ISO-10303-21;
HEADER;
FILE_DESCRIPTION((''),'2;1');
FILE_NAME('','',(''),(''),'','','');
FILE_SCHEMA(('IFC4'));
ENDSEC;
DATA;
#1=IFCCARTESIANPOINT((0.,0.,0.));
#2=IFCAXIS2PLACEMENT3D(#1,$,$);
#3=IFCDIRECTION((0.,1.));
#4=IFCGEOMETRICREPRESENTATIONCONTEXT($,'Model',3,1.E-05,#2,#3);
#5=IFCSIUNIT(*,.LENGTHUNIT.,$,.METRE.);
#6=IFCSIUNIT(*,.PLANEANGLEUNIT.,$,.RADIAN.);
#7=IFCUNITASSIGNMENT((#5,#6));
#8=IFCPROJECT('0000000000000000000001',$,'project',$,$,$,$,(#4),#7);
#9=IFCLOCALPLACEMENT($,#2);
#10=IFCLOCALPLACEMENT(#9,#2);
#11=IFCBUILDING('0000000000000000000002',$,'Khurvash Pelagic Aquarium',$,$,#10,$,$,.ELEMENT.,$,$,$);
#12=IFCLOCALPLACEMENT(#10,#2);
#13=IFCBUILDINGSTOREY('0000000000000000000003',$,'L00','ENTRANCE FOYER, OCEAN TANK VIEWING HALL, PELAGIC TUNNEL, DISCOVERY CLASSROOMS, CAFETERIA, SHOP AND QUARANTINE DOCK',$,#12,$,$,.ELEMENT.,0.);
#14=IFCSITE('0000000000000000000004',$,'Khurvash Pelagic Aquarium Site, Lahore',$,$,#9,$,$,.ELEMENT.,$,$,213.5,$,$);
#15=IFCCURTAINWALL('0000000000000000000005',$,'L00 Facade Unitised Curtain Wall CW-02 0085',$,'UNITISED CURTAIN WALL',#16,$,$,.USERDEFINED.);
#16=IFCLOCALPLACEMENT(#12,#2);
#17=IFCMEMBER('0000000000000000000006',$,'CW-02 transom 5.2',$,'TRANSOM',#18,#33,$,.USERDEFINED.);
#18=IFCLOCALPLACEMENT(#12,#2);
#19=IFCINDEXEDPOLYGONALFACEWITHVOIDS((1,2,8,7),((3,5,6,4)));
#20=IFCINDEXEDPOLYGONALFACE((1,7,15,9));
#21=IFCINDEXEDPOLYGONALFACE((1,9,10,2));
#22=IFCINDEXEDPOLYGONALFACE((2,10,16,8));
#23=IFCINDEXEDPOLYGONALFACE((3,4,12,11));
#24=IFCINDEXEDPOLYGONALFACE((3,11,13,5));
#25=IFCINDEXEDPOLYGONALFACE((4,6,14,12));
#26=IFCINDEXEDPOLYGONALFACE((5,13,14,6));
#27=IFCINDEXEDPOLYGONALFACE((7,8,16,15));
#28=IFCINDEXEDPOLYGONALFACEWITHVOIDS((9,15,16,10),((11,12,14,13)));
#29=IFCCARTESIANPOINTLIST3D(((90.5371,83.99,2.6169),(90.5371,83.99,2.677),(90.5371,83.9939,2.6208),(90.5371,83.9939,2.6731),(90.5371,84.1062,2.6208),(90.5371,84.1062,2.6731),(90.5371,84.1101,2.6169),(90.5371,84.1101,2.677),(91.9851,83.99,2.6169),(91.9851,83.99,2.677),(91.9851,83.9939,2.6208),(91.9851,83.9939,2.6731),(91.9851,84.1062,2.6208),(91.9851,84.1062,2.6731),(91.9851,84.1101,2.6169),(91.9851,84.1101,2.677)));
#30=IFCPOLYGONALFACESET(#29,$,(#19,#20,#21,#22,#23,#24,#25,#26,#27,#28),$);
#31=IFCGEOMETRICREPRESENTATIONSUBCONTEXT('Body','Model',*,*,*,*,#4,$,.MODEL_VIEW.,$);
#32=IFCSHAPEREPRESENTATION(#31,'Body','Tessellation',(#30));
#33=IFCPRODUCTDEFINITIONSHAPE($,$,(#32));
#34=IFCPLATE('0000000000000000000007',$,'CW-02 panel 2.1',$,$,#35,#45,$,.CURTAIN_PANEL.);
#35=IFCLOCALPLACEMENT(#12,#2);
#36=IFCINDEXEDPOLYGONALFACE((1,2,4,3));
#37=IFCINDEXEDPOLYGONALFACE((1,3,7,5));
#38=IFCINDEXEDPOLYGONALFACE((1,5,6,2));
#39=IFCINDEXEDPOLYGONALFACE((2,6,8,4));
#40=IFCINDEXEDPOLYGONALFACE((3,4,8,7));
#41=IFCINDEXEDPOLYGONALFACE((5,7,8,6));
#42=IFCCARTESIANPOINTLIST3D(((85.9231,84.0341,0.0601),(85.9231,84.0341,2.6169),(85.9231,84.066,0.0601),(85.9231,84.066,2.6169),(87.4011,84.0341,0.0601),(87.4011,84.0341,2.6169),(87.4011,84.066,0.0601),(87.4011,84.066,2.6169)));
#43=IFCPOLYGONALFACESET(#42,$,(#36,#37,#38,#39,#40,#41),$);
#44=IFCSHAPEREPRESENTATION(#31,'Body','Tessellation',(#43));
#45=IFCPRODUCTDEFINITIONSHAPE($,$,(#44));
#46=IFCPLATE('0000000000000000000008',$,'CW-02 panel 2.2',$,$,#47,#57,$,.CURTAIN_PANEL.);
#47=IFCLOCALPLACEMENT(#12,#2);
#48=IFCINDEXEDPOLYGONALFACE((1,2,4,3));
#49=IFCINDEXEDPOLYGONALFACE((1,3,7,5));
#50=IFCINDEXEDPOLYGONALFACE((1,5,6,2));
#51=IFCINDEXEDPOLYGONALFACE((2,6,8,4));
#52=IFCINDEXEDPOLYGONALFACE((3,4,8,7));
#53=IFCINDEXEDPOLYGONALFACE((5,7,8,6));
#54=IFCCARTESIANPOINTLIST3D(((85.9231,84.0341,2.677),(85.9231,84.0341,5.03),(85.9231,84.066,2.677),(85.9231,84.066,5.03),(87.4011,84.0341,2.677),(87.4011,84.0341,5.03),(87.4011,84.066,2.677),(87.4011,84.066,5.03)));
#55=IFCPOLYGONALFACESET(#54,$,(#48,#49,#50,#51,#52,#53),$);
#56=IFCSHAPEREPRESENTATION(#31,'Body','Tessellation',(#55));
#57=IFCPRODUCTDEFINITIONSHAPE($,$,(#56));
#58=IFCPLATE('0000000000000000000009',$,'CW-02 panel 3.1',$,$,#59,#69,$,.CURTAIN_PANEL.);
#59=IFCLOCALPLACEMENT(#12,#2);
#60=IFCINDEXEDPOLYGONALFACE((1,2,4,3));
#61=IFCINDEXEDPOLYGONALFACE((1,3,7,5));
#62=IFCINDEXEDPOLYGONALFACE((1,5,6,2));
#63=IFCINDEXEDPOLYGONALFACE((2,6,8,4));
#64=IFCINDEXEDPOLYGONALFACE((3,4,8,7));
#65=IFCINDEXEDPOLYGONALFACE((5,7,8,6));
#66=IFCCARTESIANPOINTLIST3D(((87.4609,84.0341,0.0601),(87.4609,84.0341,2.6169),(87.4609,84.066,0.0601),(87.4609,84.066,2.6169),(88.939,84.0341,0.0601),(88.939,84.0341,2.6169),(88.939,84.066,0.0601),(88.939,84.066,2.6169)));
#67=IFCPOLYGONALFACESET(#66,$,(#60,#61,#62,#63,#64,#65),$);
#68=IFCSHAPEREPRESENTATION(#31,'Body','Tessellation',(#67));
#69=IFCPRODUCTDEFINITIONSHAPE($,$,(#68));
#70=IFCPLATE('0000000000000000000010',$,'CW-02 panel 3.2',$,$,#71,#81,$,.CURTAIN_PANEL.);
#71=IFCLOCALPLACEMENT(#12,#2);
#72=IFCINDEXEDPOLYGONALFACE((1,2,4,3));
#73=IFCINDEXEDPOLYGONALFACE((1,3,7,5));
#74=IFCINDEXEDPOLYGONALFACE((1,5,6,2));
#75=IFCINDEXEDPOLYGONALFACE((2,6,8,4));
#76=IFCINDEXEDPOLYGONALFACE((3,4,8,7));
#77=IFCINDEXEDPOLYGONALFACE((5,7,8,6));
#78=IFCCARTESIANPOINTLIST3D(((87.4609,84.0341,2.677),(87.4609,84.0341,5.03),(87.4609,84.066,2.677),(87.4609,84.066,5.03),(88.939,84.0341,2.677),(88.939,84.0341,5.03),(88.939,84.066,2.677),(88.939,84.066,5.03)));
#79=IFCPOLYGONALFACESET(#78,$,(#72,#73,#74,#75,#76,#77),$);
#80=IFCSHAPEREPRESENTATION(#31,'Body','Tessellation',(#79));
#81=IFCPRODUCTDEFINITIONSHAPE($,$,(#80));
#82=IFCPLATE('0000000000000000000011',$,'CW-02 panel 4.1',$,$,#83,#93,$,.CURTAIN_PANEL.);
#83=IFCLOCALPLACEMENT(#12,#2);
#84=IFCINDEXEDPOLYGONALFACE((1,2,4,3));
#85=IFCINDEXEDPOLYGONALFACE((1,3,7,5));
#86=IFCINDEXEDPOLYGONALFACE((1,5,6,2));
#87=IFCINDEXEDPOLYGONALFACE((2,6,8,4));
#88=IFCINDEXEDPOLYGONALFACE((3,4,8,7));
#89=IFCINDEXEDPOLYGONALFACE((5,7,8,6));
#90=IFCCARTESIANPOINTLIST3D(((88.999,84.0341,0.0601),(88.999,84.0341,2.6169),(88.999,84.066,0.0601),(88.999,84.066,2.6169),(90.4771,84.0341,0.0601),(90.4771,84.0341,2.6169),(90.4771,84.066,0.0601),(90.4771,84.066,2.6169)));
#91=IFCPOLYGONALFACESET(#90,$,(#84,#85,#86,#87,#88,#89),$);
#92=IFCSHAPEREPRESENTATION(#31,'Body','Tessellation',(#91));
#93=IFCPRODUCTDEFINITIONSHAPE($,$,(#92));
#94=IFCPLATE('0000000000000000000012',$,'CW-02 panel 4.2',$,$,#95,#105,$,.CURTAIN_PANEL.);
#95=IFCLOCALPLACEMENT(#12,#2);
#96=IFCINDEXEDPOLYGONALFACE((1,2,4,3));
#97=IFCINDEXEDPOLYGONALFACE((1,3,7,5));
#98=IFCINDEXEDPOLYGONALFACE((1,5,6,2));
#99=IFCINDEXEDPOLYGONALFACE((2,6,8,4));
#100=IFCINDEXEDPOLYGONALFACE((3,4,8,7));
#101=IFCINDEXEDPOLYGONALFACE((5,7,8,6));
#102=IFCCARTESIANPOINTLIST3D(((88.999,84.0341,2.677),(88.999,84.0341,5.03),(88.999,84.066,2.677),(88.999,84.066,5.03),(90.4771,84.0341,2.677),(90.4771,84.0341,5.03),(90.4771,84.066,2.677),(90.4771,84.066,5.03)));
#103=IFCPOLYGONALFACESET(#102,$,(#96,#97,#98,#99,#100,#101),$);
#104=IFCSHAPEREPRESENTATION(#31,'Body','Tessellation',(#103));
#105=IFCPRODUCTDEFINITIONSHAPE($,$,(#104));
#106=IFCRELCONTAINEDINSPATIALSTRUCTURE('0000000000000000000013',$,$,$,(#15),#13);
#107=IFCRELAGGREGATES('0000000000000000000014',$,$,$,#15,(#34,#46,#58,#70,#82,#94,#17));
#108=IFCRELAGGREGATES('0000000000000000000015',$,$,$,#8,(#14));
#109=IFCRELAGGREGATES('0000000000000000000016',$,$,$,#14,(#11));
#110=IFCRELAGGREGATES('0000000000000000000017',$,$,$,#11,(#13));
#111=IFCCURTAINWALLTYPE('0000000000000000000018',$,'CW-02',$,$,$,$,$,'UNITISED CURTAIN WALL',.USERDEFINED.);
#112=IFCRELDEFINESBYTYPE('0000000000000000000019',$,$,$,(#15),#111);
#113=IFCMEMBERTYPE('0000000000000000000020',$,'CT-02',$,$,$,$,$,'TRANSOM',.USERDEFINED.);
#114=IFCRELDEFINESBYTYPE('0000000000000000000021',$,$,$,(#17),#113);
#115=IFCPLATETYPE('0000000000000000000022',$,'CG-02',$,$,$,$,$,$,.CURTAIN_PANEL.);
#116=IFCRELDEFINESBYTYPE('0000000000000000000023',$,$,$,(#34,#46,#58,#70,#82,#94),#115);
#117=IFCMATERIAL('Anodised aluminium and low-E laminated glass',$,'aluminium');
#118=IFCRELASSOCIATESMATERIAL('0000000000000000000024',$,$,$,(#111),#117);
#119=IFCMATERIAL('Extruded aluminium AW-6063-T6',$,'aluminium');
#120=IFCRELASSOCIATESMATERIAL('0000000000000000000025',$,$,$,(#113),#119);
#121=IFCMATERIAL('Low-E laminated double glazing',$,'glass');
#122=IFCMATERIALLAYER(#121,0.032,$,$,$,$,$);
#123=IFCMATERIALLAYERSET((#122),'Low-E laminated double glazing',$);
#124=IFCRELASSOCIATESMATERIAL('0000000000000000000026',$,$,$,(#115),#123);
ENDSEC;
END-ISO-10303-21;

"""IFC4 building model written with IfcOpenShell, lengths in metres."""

from ifc_helpers import new_model, si_unit, direction, frame, origin, origin_2d, place, context, subcontext, project, spatial, rectangle, hollow_rectangle, extrude, material, layer, layer_set, material_profile, profile_set, type_object, element, aggregate, save


model = new_model("IFC4")

# Units and contexts
model_context = context("Model", 3, precision=1e-05, world=origin(), true_north=direction((0.0, 1.0)))
body_context = subcontext(model_context, "Body", "Model", "MODEL_VIEW")
ifc_project = project(units=[si_unit("LENGTHUNIT", "METRE"), si_unit("PLANEANGLEUNIT", "RADIAN")], contexts=[model_context])

# Site, building, storey
site_placement = place(None, origin())
site = spatial("IfcSite", under=ifc_project, at=site_placement, Name="Khurvash Pelagic Aquarium Site, Lahore", CompositionType="ELEMENT", RefElevation=213.5)
building_placement = place(site_placement, origin())
building = spatial("IfcBuilding", under=site, at=building_placement, Name="Khurvash Pelagic Aquarium", CompositionType="ELEMENT")
storey_placement = place(building_placement, origin())
storey = spatial("IfcBuildingStorey", under=building, at=storey_placement, Name="L00", Description="ENTRANCE FOYER, OCEAN TANK VIEWING HALL, PELAGIC TUNNEL, DISCOVERY CLASSROOMS, CAFETERIA, SHOP AND QUARANTINE DOCK", CompositionType="ELEMENT", Elevation=0.0)

# Curtain wall, member, plates
ifc_material_1 = material(Name="Anodised aluminium and low-E laminated glass", Category="aluminium")
curtain_wall_type = type_object("IfcCurtainWallType", Name="CW-02", ElementType="UNITISED CURTAIN WALL", PredefinedType="USERDEFINED", material=ifc_material_1)
curtain_wall_placement = place(storey_placement, origin())
curtain_wall = element("IfcCurtainWall", 1, at=curtain_wall_placement, inside=storey, type_object=curtain_wall_type, Name="L00 Facade Unitised Curtain Wall CW-02 0085", ObjectType="UNITISED CURTAIN WALL", PredefinedType="USERDEFINED")
ifc_material_2 = material(Name="Extruded aluminium AW-6063-T6", Category="aluminium")
ifc_material_profile_1 = material_profile(ifc_material_2, hollow_rectangle(XDim=0.1201, YDim=0.0601, WallThickness=0.0039, at=origin_2d()), Name="CWT120X60X4")
ifc_profile_set_1 = profile_set([ifc_material_profile_1], Name="Extruded aluminium AW-6063-T6")
member_type_1 = type_object("IfcMemberType", Name="CT-02", ElementType="TRANSOM", PredefinedType="USERDEFINED", material=ifc_profile_set_1)
member_1_placement = place(storey_placement, frame((90.5371, 84.05, 2.647), z_axis=(1.0, 0.0, 0.0), x_axis=(0.0, 1.0, 0.0)))
member_1 = element("IfcMember", 2, at=member_1_placement, type_object=member_type_1, Name="CW-02 transom 5.2", ObjectType="TRANSOM", PredefinedType="USERDEFINED", context=body_context, shape_type="SweptSolid", body=[
    extrude(hollow_rectangle(XDim=0.1201, YDim=0.0601, WallThickness=0.0039, at=origin_2d()), origin(), (0.0, 0.0, 1.0), 1.448),
])
ifc_material_3 = material(Name="Low-E laminated double glazing", Category="glass")
ifc_layer = layer(ifc_material_3, 0.032)
ifc_layer_set = layer_set([ifc_layer], Name="Low-E laminated double glazing")
plate_type = type_object("IfcPlateType", Name="CG-02", PredefinedType="CURTAIN_PANEL", material=ifc_layer_set)
plate_1_placement = place(storey_placement, frame((86.6621, 84.05, 0.0601), z_axis=(0.0, 0.0, 1.0), x_axis=(1.0, 0.0, 0.0)))
plate_1 = element("IfcPlate", 3, at=plate_1_placement, type_object=plate_type, Name="CW-02 panel 2.1", PredefinedType="CURTAIN_PANEL", context=body_context, shape_type="SweptSolid", body=[
    extrude(rectangle(XDim=1.478, YDim=0.032, at=origin_2d()), origin(), (0.0, 0.0, 1.0), 2.5569),
])
plate_2_placement = place(storey_placement, frame((86.6621, 84.05, 2.677), z_axis=(0.0, 0.0, 1.0), x_axis=(1.0, 0.0, 0.0)))
plate_2 = element("IfcPlate", 4, at=plate_2_placement, type_object=plate_type, Name="CW-02 panel 2.2", PredefinedType="CURTAIN_PANEL", context=body_context, shape_type="SweptSolid", body=[
    extrude(rectangle(XDim=1.478, YDim=0.032, at=origin_2d()), origin(), (0.0, 0.0, 1.0), 2.353),
])
plate_3_placement = place(storey_placement, frame((88.2, 84.05, 0.0601), z_axis=(0.0, 0.0, 1.0), x_axis=(1.0, 0.0, 0.0)))
plate_3 = element("IfcPlate", 5, at=plate_3_placement, type_object=plate_type, Name="CW-02 panel 3.1", PredefinedType="CURTAIN_PANEL", context=body_context, shape_type="SweptSolid", body=[
    extrude(rectangle(XDim=1.478, YDim=0.032, at=origin_2d()), origin(), (0.0, 0.0, 1.0), 2.5569),
])
plate_4_placement = place(storey_placement, frame((88.2, 84.05, 2.677), z_axis=(0.0, 0.0, 1.0), x_axis=(1.0, 0.0, 0.0)))
plate_4 = element("IfcPlate", 6, at=plate_4_placement, type_object=plate_type, Name="CW-02 panel 3.2", PredefinedType="CURTAIN_PANEL", context=body_context, shape_type="SweptSolid", body=[
    extrude(rectangle(XDim=1.478, YDim=0.032, at=origin_2d()), origin(), (0.0, 0.0, 1.0), 2.353),
])
plate_5_placement = place(storey_placement, frame((89.738, 84.05, 0.0601), z_axis=(0.0, 0.0, 1.0), x_axis=(1.0, 0.0, 0.0)))
plate_5 = element("IfcPlate", 7, at=plate_5_placement, type_object=plate_type, Name="CW-02 panel 4.1", PredefinedType="CURTAIN_PANEL", context=body_context, shape_type="SweptSolid", body=[
    extrude(rectangle(XDim=1.478, YDim=0.032, at=origin_2d()), origin(), (0.0, 0.0, 1.0), 2.5569),
])
plate_6_placement = place(storey_placement, frame((89.738, 84.05, 2.677), z_axis=(0.0, 0.0, 1.0), x_axis=(1.0, 0.0, 0.0)))
plate_6 = element("IfcPlate", 8, at=plate_6_placement, type_object=plate_type, Name="CW-02 panel 4.2", PredefinedType="CURTAIN_PANEL", context=body_context, shape_type="SweptSolid", body=[
    extrude(rectangle(XDim=1.478, YDim=0.032, at=origin_2d()), origin(), (0.0, 0.0, 1.0), 2.353),
])
aggregate(curtain_wall, [plate_1, plate_2, plate_3, plate_4, plate_5, plate_6, member_1])

save(model, "model.ifc")
